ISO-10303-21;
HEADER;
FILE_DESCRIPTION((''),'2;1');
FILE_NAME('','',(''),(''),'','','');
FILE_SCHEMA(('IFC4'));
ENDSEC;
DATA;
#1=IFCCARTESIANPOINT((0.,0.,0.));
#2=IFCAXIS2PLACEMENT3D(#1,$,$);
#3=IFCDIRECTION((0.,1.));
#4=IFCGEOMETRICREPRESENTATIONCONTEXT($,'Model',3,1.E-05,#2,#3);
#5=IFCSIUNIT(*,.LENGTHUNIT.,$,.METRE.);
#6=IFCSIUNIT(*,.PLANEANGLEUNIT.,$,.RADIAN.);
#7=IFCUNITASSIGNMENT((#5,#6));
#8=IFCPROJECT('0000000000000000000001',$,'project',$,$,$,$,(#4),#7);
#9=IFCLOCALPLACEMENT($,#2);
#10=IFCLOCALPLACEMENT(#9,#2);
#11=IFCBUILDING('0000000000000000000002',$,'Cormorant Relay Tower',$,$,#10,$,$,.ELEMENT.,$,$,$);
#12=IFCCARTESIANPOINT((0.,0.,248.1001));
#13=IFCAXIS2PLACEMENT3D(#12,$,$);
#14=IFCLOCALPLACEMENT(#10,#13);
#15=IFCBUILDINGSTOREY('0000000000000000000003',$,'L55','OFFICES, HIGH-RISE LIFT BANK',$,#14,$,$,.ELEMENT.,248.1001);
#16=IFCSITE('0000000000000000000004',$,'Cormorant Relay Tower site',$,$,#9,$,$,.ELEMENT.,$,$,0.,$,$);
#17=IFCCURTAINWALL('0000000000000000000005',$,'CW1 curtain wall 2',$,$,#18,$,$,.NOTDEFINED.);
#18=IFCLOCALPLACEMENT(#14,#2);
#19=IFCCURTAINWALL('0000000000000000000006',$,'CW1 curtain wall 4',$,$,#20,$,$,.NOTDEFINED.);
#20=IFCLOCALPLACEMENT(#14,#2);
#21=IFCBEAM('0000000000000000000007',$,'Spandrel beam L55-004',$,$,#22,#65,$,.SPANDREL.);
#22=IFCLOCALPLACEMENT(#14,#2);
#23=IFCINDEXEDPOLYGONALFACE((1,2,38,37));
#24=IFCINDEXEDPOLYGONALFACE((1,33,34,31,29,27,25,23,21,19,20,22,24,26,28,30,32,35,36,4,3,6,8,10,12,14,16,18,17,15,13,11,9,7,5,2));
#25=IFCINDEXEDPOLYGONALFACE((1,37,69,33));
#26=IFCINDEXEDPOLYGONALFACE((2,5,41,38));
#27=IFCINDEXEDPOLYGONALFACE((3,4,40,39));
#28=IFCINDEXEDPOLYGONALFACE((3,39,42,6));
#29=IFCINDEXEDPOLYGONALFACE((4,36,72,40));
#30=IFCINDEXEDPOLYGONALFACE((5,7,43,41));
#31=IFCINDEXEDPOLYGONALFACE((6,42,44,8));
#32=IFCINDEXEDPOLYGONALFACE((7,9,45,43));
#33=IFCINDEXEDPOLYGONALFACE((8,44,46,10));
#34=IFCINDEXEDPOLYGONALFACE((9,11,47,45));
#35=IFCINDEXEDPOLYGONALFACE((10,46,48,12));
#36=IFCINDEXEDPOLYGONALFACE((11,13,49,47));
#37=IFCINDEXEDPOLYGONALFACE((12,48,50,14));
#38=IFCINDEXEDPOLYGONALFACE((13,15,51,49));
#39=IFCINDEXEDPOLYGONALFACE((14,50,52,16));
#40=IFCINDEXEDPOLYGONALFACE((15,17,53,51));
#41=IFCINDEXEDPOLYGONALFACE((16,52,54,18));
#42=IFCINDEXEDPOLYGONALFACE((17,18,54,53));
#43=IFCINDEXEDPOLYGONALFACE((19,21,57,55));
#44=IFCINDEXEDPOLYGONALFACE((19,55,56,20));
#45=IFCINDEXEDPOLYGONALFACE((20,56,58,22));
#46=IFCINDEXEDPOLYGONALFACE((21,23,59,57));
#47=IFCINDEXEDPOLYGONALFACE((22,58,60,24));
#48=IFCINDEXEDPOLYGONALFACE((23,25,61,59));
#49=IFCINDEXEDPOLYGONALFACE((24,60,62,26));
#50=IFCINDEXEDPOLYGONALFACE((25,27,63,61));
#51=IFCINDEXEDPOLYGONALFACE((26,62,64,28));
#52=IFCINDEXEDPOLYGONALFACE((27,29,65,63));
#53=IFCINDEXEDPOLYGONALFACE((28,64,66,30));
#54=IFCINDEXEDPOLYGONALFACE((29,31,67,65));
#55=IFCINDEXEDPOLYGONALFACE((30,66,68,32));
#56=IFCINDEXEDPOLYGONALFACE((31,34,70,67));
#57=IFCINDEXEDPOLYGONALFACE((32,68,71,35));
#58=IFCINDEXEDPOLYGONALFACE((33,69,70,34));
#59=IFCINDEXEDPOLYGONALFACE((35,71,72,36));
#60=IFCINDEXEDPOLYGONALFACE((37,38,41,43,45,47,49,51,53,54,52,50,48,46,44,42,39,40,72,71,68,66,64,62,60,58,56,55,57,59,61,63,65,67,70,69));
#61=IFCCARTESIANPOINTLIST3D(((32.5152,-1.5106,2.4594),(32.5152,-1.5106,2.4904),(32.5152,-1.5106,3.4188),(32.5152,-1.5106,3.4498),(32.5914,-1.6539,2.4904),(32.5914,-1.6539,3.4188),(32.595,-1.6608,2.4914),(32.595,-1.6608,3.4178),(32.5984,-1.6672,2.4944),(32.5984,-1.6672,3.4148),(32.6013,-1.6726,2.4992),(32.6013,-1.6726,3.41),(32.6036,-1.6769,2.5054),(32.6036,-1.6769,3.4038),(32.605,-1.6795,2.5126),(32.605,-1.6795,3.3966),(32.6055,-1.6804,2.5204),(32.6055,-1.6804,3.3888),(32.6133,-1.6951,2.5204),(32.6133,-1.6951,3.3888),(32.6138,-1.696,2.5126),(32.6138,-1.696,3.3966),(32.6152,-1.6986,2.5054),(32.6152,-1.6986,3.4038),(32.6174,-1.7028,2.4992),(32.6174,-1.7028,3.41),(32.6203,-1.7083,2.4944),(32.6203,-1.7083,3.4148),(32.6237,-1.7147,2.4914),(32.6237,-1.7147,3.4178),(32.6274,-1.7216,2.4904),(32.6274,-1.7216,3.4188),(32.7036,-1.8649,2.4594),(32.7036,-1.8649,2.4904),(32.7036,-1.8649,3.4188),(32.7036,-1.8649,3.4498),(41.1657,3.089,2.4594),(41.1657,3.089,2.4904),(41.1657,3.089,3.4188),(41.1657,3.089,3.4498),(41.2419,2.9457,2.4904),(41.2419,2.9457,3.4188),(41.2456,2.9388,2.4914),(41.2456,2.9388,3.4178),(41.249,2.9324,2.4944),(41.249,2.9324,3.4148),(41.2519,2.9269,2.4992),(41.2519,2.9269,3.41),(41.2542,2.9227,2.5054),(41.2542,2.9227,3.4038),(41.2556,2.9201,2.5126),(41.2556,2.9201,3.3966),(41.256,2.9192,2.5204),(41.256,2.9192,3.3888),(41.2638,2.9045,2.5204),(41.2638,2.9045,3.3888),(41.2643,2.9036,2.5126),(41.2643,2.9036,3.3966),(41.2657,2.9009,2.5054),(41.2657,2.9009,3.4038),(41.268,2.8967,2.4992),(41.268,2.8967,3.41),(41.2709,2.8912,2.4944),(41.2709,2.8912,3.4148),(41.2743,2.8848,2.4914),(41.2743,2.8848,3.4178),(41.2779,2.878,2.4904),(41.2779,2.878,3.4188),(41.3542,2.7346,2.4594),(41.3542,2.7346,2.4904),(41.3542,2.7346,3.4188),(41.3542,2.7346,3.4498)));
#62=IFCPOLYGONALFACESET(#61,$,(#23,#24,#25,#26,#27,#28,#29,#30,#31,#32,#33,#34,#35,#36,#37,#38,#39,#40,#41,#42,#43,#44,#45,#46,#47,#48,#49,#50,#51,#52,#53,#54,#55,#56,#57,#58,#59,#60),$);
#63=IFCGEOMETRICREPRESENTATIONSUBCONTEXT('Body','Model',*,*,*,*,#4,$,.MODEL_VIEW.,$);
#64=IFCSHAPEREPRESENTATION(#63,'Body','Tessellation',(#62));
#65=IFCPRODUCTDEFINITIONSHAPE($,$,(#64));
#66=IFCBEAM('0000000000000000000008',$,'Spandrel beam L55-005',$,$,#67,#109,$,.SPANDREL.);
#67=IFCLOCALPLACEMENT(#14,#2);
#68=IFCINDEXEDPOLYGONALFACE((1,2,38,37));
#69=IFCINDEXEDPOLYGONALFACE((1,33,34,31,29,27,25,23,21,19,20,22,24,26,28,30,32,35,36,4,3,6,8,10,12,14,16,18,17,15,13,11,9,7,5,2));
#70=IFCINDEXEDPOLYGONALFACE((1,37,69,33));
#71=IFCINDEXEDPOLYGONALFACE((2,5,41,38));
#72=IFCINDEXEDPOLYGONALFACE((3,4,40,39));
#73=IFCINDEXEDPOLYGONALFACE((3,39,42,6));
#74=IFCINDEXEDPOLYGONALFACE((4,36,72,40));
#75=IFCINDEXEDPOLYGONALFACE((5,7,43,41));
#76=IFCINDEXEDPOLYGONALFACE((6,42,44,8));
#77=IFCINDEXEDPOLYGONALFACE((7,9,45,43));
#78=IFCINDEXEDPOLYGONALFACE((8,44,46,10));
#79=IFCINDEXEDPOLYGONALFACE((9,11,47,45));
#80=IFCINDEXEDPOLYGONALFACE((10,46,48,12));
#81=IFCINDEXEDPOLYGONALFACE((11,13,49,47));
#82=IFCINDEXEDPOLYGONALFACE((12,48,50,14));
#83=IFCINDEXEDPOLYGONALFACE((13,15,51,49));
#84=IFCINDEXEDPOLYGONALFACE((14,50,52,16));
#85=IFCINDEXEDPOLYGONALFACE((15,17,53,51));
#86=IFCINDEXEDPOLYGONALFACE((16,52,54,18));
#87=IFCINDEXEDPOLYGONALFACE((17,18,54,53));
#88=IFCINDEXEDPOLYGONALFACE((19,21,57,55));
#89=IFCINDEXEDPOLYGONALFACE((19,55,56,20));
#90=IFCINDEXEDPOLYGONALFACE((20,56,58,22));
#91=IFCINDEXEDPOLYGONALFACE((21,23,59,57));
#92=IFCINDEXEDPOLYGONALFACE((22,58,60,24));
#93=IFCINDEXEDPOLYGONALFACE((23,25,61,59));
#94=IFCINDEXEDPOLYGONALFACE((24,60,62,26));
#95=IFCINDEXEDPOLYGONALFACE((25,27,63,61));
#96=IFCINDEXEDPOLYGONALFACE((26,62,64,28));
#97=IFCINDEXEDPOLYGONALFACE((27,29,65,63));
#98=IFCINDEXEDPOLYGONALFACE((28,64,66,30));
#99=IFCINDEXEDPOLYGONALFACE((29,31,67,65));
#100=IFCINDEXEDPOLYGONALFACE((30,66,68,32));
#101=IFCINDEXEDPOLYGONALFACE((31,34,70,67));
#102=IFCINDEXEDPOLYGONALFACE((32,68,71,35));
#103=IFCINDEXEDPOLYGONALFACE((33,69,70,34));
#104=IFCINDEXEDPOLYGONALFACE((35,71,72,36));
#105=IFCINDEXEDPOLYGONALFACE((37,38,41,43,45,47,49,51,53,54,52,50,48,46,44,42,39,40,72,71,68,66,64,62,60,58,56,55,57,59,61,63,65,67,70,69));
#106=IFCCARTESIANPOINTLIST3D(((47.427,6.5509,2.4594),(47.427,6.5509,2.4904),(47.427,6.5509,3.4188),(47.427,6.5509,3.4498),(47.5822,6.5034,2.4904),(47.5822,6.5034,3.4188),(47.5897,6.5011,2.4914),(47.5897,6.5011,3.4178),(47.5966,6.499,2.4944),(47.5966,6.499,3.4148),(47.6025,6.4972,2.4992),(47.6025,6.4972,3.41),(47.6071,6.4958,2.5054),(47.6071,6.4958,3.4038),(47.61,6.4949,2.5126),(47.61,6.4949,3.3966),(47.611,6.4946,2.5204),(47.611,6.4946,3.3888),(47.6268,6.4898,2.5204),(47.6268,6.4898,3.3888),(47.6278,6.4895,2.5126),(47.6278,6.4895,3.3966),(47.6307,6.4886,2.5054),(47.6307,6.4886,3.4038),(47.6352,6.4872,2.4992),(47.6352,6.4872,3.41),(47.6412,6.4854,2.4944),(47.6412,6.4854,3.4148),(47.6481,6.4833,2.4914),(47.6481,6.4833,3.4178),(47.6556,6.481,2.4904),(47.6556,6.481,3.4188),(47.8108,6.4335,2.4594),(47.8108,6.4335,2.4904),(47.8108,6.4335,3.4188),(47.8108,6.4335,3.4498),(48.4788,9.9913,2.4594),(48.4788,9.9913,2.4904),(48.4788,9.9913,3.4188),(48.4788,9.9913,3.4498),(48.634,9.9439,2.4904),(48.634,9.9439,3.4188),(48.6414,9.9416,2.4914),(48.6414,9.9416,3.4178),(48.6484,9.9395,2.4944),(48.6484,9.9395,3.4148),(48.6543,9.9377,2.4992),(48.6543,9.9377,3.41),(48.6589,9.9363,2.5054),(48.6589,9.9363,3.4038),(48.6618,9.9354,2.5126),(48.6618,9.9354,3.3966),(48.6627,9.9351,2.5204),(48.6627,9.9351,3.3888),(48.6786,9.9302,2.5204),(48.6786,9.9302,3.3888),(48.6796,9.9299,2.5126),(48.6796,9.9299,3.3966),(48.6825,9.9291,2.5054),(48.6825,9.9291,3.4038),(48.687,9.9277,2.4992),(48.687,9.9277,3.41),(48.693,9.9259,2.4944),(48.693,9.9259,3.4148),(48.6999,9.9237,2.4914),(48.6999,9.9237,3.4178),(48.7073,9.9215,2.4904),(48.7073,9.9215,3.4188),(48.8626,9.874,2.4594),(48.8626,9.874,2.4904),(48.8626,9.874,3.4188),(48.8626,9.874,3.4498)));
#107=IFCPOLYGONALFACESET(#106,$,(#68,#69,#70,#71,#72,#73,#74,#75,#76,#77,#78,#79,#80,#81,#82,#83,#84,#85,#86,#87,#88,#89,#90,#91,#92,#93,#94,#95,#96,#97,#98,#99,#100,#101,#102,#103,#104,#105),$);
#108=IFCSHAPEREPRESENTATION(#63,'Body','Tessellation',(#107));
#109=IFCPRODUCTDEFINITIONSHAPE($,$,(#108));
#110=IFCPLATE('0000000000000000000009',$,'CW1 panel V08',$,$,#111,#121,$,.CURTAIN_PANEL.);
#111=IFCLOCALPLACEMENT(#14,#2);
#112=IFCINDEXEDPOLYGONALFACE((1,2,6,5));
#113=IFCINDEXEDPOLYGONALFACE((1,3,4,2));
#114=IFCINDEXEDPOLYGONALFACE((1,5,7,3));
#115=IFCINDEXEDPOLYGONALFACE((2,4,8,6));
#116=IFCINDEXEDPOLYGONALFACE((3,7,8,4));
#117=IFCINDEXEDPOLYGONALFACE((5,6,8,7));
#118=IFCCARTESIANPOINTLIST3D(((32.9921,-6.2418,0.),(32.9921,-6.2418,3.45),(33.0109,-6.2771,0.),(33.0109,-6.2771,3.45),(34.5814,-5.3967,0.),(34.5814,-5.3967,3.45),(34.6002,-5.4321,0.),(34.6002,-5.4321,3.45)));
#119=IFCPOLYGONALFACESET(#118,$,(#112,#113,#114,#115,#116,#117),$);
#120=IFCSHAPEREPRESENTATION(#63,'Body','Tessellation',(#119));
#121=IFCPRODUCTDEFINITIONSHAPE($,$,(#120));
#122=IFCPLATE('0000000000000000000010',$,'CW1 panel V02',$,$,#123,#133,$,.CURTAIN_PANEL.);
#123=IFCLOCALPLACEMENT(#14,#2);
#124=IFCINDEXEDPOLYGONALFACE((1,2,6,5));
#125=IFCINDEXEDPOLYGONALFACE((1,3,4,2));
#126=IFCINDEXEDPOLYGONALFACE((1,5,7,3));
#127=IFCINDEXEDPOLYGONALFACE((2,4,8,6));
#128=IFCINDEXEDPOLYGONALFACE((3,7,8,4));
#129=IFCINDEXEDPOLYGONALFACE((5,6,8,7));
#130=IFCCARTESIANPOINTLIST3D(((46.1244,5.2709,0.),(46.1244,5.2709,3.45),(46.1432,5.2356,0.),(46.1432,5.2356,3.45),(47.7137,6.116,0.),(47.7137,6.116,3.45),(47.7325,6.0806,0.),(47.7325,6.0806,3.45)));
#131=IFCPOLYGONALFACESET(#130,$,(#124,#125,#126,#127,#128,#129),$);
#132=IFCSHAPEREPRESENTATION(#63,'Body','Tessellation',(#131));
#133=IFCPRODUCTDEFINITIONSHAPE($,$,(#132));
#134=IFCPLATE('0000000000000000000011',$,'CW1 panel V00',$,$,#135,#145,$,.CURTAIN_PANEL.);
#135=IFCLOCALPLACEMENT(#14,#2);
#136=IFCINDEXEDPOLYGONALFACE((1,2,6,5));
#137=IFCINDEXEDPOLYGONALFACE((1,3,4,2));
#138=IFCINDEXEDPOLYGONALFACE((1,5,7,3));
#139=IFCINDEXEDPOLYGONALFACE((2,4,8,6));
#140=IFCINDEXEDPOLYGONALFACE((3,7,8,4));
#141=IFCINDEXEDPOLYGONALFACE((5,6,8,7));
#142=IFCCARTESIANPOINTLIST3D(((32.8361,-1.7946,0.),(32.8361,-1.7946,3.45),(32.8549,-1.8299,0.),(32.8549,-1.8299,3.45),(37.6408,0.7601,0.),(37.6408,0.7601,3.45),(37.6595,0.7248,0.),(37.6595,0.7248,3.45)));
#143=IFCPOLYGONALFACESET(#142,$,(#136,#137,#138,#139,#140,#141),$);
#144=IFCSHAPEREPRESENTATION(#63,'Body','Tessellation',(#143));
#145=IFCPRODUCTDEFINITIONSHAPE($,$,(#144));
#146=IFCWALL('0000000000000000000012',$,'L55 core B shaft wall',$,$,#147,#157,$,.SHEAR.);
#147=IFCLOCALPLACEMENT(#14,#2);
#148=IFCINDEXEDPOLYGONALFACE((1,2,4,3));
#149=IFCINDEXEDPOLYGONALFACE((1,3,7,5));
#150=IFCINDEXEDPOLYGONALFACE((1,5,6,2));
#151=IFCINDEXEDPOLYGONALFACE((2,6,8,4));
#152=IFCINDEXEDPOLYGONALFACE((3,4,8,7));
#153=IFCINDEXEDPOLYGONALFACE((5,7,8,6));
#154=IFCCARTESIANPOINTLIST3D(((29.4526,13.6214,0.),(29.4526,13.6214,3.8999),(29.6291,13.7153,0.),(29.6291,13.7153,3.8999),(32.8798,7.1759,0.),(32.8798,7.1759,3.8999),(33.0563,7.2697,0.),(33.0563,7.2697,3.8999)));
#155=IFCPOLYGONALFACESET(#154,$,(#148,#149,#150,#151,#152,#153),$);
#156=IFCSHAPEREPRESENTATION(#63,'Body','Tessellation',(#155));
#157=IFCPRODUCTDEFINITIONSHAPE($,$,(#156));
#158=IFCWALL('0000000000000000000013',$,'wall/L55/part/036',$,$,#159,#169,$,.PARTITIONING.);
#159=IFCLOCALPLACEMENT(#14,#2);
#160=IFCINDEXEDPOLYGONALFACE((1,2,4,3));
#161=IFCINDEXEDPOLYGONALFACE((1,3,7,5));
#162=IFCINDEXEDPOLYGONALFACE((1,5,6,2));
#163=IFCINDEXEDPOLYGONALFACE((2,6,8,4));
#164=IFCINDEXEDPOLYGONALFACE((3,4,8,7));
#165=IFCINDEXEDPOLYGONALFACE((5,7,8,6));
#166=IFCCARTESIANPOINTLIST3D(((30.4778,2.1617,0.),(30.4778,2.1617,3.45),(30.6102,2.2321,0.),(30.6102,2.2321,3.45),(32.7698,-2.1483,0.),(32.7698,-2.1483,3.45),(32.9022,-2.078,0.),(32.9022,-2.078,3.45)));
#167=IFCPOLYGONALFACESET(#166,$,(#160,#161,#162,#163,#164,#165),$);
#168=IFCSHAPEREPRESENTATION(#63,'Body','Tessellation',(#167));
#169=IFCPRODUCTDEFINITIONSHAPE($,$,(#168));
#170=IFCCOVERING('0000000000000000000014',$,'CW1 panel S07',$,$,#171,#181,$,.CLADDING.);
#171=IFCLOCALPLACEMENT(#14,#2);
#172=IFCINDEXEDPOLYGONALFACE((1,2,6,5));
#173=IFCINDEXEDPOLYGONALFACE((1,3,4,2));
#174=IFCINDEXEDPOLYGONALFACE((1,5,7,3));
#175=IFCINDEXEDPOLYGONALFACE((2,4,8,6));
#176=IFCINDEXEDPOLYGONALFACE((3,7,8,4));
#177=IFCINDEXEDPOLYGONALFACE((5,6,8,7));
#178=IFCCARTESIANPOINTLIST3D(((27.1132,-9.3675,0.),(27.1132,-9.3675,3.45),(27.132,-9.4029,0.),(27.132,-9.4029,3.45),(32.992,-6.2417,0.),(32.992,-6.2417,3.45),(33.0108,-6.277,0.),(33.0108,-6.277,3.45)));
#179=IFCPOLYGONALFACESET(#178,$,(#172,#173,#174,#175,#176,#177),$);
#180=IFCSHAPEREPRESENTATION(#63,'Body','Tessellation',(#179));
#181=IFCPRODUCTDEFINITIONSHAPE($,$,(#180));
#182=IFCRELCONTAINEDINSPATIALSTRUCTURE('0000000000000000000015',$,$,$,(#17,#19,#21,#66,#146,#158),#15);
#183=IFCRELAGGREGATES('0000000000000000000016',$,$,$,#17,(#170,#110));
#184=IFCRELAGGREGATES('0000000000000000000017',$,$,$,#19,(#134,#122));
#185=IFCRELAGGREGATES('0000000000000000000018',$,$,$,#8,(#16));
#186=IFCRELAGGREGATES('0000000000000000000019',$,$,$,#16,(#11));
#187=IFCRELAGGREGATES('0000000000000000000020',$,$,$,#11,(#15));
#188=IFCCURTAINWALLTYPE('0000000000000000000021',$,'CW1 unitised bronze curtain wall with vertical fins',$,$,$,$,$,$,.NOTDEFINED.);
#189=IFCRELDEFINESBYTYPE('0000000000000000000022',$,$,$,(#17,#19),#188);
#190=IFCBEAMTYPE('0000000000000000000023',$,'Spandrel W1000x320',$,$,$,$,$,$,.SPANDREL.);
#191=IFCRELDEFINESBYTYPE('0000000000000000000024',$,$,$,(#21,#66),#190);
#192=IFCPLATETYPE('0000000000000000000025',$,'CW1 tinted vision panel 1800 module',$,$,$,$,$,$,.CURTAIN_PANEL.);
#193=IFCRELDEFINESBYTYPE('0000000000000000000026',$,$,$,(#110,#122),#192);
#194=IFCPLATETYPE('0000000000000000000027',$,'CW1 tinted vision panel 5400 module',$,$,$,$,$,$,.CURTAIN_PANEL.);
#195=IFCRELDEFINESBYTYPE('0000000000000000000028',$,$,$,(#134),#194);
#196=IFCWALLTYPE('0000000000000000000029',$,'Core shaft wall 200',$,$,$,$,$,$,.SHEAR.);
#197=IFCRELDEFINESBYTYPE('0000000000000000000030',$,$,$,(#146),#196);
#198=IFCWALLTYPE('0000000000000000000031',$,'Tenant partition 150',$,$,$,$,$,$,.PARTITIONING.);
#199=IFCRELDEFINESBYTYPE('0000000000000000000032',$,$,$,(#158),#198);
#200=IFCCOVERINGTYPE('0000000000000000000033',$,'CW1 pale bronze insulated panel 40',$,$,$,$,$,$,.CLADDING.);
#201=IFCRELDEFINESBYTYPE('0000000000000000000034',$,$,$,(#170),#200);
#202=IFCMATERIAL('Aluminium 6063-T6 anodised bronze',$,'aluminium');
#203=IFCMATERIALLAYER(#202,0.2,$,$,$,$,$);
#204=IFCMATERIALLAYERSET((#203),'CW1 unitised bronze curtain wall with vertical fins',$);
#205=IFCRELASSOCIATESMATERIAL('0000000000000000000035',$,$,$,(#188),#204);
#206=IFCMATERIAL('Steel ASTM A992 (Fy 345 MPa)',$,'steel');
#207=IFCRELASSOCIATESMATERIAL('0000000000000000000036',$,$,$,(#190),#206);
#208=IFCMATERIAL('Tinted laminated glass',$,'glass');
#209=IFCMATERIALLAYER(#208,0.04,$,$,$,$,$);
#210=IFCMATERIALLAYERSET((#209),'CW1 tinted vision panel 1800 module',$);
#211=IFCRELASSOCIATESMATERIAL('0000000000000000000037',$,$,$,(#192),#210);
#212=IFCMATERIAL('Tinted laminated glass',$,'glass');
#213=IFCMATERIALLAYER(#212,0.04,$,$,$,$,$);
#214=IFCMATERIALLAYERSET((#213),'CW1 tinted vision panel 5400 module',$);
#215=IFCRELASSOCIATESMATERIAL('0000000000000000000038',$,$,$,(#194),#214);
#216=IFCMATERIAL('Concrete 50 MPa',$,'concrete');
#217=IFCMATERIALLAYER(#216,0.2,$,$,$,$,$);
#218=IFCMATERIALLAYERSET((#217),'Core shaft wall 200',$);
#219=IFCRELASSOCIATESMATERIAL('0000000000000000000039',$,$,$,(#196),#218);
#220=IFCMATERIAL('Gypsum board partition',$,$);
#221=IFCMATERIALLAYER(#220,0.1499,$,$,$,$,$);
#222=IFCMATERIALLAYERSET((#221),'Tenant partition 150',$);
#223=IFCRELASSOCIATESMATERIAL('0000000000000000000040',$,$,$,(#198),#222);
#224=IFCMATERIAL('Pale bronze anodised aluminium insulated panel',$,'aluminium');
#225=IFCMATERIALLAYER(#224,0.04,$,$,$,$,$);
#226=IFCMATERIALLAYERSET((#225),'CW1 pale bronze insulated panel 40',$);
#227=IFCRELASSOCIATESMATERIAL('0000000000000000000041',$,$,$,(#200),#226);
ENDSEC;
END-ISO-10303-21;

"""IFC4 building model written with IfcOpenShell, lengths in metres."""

from ifc_helpers import new_model, si_unit, direction, frame, frame_2d, origin, origin_2d, place, context, subcontext, project, spatial, rectangle, i_section, extrude, material, layer, layer_set, material_profile, profile_set, type_object, element, aggregate, save


model = new_model("IFC4")

# Units and contexts
model_context = context("Model", 3, precision=1e-05, world=origin(), true_north=direction((0.0, 1.0)))
body_context = subcontext(model_context, "Body", "Model", "MODEL_VIEW")
ifc_project = project(units=[si_unit("LENGTHUNIT", "METRE"), si_unit("PLANEANGLEUNIT", "RADIAN")], contexts=[model_context])

# Site, building, storey
site_placement = place(None, origin())
site = spatial("IfcSite", under=ifc_project, at=site_placement, Name="Cormorant Relay Tower site", CompositionType="ELEMENT", RefElevation=0.0)
building_placement = place(site_placement, origin())
building = spatial("IfcBuilding", under=site, at=building_placement, Name="Cormorant Relay Tower", CompositionType="ELEMENT")
storey_placement = place(building_placement, frame((0.0, 0.0, 248.1001)))
storey = spatial("IfcBuildingStorey", under=building, at=storey_placement, Name="L55", Description="OFFICES, HIGH-RISE LIFT BANK", CompositionType="ELEMENT", Elevation=248.1001)

# Curtain wall
ifc_material_1 = material(Name="Aluminium 6063-T6 anodised bronze", Category="aluminium")
ifc_layer_1 = layer(ifc_material_1, 0.2)
ifc_layer_set_1 = layer_set([ifc_layer_1], Name="CW1 unitised bronze curtain wall with vertical fins")
curtain_wall_type = type_object("IfcCurtainWallType", Name="CW1 unitised bronze curtain wall with vertical fins", PredefinedType="NOTDEFINED", material=ifc_layer_set_1)
curtain_wall_1_placement = place(storey_placement, origin())
curtain_wall_1 = element("IfcCurtainWall", 1, at=curtain_wall_1_placement, inside=storey, type_object=curtain_wall_type, Name="CW1 curtain wall 2", PredefinedType="NOTDEFINED")

# Curtain wall
curtain_wall_2_placement = place(storey_placement, origin())
curtain_wall_2 = element("IfcCurtainWall", 2, at=curtain_wall_2_placement, inside=storey, type_object=curtain_wall_type, Name="CW1 curtain wall 4", PredefinedType="NOTDEFINED")

# Beams
ifc_material_2 = material(Name="Steel ASTM A992 (Fy 345 MPa)", Category="steel")
ifc_material_profile_1 = material_profile(ifc_material_2, i_section(OverallWidth=0.4014, OverallDepth=0.9905, WebThickness=0.0166, FlangeThickness=0.031, FilletRadius=0.03, at=origin_2d()), Name="W1000x320")
ifc_profile_set_1 = profile_set([ifc_material_profile_1], Name="Steel ASTM A992 (Fy 345 MPa)")
beam_type = type_object("IfcBeamType", Name="Spandrel W1000x320", PredefinedType="SPANDREL", material=ifc_profile_set_1)
beam_1_placement = place(storey_placement, frame((32.6094, -1.6877, 2.9546), z_axis=(0.882948, 0.46947, 0.0), x_axis=(-0.46947, 0.882948, 0.0)))
element("IfcBeam", 3, at=beam_1_placement, inside=storey, type_object=beam_type, Name="Spandrel beam L55-004", PredefinedType="SPANDREL", context=body_context, shape_type="SweptSolid", body=[
    extrude(i_section(OverallWidth=0.4014, OverallDepth=0.9905, WebThickness=0.0166, FlangeThickness=0.031, FilletRadius=0.03, at=origin_2d()), origin(), (0.0, 0.0, 1.0), 9.7974),
])
beam_2_placement = place(storey_placement, frame((47.6189, 6.4922, 2.9546), z_axis=(0.29235, 0.956312, 0.0), x_axis=(-0.956312, 0.29235, 0.0)))
element("IfcBeam", 4, at=beam_2_placement, inside=storey, type_object=beam_type, Name="Spandrel beam L55-005", PredefinedType="SPANDREL", context=body_context, shape_type="SweptSolid", body=[
    extrude(i_section(OverallWidth=0.4014, OverallDepth=0.9905, WebThickness=0.0166, FlangeThickness=0.031, FilletRadius=0.03, at=origin_2d()), origin(), (0.0, 0.0, 1.0), 3.5977),
])

# Plates
ifc_material_3 = material(Name="Tinted laminated glass", Category="glass")
ifc_layer_2 = layer(ifc_material_3, 0.04)
ifc_layer_set_2 = layer_set([ifc_layer_2], Name="CW1 tinted vision panel 1800 module")
plate_type_1 = type_object("IfcPlateType", Name="CW1 tinted vision panel 1800 module", PredefinedType="CURTAIN_PANEL", material=ifc_layer_set_2)
plate_1_placement = place(storey_placement, frame((33.7961, -5.8369, 0.0), z_axis=(0.0, 0.0, 1.0), x_axis=(0.882948, 0.469472, 0.0)))
plate_1 = element("IfcPlate", 5, at=plate_1_placement, type_object=plate_type_1, Name="CW1 panel V08", PredefinedType="CURTAIN_PANEL", context=body_context, shape_type="SweptSolid", body=[
    extrude(rectangle(XDim=1.8, YDim=0.04, at=origin_2d()), origin(), (0.0, 0.0, 1.0), 3.45),
])
plate_2_placement = place(storey_placement, frame((46.9285, 5.6758, 0.0), z_axis=(0.0, 0.0, 1.0), x_axis=(0.882948, 0.469472, 0.0)))
plate_2 = element("IfcPlate", 6, at=plate_2_placement, type_object=plate_type_1, Name="CW1 panel V02", PredefinedType="CURTAIN_PANEL", context=body_context, shape_type="SweptSolid", body=[
    extrude(rectangle(XDim=1.8, YDim=0.04, at=origin_2d()), origin(), (0.0, 0.0, 1.0), 3.45),
])
ifc_material_4 = material(Name="Tinted laminated glass", Category="glass")
ifc_layer_3 = layer(ifc_material_4, 0.04)
ifc_layer_set_3 = layer_set([ifc_layer_3], Name="CW1 tinted vision panel 5400 module")
plate_type_2 = type_object("IfcPlateType", Name="CW1 tinted vision panel 5400 module", PredefinedType="CURTAIN_PANEL", material=ifc_layer_set_3)
plate_3_placement = place(storey_placement, frame((35.2478, -0.5349, 0.0), z_axis=(0.0, 0.0, 1.0), x_axis=(0.882948, 0.469472, 0.0)))
plate_3 = element("IfcPlate", 7, at=plate_3_placement, type_object=plate_type_2, Name="CW1 panel V00", PredefinedType="CURTAIN_PANEL", context=body_context, shape_type="SweptSolid", body=[
    extrude(rectangle(XDim=5.4417, YDim=0.04, at=origin_2d()), origin(), (0.0, 0.0, 1.0), 3.45),
])

# Walls
ifc_material_5 = material(Name="Concrete 50 MPa", Category="concrete")
ifc_layer_4 = layer(ifc_material_5, 0.2)
ifc_layer_set_4 = layer_set([ifc_layer_4], Name="Core shaft wall 200")
wall_type_1 = type_object("IfcWallType", Name="Core shaft wall 200", PredefinedType="SHEAR", material=ifc_layer_set_4)
wall_1_placement = place(storey_placement, frame((32.968, 7.2229, 0.0), z_axis=(0.0, 0.0, 1.0), x_axis=(-0.46948, 0.882943, 0.0)))
element("IfcWall", 8, at=wall_1_placement, inside=storey, type_object=wall_type_1, Name="L55 core B shaft wall", PredefinedType="SHEAR", context=body_context, shape_type="SweptSolid", body=[
    extrude(rectangle(XDim=7.3, YDim=0.2, at=frame_2d((3.6499, 0.0))), origin(), (0.0, 0.0, 1.0), 3.8999),
])
ifc_material_6 = material(Name="Gypsum board partition")
ifc_layer_5 = layer(ifc_material_6, 0.1499)
ifc_layer_set_5 = layer_set([ifc_layer_5], Name="Tenant partition 150")
wall_type_2 = type_object("IfcWallType", Name="Tenant partition 150", PredefinedType="PARTITIONING", material=ifc_layer_set_5)
wall_2_placement = place(storey_placement, frame((30.5439, 2.197, 0.0), z_axis=(0.0, 0.0, 1.0), x_axis=(0.469518, -0.882923, 0.0)))
element("IfcWall", 9, at=wall_2_placement, inside=storey, type_object=wall_type_2, Name="wall/L55/part/036", PredefinedType="PARTITIONING", context=body_context, shape_type="SweptSolid", body=[
    extrude(rectangle(XDim=4.8816, YDim=0.1499, at=frame_2d((2.4409, 0.0))), origin(), (0.0, 0.0, 1.0), 3.45),
])

# Covering
ifc_material_7 = material(Name="Pale bronze anodised aluminium insulated panel", Category="aluminium")
ifc_layer_6 = layer(ifc_material_7, 0.04)
ifc_layer_set_6 = layer_set([ifc_layer_6], Name="CW1 pale bronze insulated panel 40")
covering_type = type_object("IfcCoveringType", Name="CW1 pale bronze insulated panel 40", PredefinedType="CLADDING", material=ifc_layer_set_6)
covering_1_placement = place(storey_placement, frame((30.062, -7.8223, 0.0), z_axis=(0.0, 0.0, 1.0), x_axis=(0.882948, 0.469472, 0.0)))
covering_1 = element("IfcCovering", 10, at=covering_1_placement, type_object=covering_type, Name="CW1 panel S07", PredefinedType="CLADDING", context=body_context, shape_type="SweptSolid", body=[
    extrude(rectangle(XDim=6.6582, YDim=0.04, at=origin_2d()), origin(), (0.0, 0.0, 1.0), 3.45),
])
aggregate(curtain_wall_1, [covering_1, plate_1])
aggregate(curtain_wall_2, [plate_3, plate_2])

save(model, "model.ifc")
